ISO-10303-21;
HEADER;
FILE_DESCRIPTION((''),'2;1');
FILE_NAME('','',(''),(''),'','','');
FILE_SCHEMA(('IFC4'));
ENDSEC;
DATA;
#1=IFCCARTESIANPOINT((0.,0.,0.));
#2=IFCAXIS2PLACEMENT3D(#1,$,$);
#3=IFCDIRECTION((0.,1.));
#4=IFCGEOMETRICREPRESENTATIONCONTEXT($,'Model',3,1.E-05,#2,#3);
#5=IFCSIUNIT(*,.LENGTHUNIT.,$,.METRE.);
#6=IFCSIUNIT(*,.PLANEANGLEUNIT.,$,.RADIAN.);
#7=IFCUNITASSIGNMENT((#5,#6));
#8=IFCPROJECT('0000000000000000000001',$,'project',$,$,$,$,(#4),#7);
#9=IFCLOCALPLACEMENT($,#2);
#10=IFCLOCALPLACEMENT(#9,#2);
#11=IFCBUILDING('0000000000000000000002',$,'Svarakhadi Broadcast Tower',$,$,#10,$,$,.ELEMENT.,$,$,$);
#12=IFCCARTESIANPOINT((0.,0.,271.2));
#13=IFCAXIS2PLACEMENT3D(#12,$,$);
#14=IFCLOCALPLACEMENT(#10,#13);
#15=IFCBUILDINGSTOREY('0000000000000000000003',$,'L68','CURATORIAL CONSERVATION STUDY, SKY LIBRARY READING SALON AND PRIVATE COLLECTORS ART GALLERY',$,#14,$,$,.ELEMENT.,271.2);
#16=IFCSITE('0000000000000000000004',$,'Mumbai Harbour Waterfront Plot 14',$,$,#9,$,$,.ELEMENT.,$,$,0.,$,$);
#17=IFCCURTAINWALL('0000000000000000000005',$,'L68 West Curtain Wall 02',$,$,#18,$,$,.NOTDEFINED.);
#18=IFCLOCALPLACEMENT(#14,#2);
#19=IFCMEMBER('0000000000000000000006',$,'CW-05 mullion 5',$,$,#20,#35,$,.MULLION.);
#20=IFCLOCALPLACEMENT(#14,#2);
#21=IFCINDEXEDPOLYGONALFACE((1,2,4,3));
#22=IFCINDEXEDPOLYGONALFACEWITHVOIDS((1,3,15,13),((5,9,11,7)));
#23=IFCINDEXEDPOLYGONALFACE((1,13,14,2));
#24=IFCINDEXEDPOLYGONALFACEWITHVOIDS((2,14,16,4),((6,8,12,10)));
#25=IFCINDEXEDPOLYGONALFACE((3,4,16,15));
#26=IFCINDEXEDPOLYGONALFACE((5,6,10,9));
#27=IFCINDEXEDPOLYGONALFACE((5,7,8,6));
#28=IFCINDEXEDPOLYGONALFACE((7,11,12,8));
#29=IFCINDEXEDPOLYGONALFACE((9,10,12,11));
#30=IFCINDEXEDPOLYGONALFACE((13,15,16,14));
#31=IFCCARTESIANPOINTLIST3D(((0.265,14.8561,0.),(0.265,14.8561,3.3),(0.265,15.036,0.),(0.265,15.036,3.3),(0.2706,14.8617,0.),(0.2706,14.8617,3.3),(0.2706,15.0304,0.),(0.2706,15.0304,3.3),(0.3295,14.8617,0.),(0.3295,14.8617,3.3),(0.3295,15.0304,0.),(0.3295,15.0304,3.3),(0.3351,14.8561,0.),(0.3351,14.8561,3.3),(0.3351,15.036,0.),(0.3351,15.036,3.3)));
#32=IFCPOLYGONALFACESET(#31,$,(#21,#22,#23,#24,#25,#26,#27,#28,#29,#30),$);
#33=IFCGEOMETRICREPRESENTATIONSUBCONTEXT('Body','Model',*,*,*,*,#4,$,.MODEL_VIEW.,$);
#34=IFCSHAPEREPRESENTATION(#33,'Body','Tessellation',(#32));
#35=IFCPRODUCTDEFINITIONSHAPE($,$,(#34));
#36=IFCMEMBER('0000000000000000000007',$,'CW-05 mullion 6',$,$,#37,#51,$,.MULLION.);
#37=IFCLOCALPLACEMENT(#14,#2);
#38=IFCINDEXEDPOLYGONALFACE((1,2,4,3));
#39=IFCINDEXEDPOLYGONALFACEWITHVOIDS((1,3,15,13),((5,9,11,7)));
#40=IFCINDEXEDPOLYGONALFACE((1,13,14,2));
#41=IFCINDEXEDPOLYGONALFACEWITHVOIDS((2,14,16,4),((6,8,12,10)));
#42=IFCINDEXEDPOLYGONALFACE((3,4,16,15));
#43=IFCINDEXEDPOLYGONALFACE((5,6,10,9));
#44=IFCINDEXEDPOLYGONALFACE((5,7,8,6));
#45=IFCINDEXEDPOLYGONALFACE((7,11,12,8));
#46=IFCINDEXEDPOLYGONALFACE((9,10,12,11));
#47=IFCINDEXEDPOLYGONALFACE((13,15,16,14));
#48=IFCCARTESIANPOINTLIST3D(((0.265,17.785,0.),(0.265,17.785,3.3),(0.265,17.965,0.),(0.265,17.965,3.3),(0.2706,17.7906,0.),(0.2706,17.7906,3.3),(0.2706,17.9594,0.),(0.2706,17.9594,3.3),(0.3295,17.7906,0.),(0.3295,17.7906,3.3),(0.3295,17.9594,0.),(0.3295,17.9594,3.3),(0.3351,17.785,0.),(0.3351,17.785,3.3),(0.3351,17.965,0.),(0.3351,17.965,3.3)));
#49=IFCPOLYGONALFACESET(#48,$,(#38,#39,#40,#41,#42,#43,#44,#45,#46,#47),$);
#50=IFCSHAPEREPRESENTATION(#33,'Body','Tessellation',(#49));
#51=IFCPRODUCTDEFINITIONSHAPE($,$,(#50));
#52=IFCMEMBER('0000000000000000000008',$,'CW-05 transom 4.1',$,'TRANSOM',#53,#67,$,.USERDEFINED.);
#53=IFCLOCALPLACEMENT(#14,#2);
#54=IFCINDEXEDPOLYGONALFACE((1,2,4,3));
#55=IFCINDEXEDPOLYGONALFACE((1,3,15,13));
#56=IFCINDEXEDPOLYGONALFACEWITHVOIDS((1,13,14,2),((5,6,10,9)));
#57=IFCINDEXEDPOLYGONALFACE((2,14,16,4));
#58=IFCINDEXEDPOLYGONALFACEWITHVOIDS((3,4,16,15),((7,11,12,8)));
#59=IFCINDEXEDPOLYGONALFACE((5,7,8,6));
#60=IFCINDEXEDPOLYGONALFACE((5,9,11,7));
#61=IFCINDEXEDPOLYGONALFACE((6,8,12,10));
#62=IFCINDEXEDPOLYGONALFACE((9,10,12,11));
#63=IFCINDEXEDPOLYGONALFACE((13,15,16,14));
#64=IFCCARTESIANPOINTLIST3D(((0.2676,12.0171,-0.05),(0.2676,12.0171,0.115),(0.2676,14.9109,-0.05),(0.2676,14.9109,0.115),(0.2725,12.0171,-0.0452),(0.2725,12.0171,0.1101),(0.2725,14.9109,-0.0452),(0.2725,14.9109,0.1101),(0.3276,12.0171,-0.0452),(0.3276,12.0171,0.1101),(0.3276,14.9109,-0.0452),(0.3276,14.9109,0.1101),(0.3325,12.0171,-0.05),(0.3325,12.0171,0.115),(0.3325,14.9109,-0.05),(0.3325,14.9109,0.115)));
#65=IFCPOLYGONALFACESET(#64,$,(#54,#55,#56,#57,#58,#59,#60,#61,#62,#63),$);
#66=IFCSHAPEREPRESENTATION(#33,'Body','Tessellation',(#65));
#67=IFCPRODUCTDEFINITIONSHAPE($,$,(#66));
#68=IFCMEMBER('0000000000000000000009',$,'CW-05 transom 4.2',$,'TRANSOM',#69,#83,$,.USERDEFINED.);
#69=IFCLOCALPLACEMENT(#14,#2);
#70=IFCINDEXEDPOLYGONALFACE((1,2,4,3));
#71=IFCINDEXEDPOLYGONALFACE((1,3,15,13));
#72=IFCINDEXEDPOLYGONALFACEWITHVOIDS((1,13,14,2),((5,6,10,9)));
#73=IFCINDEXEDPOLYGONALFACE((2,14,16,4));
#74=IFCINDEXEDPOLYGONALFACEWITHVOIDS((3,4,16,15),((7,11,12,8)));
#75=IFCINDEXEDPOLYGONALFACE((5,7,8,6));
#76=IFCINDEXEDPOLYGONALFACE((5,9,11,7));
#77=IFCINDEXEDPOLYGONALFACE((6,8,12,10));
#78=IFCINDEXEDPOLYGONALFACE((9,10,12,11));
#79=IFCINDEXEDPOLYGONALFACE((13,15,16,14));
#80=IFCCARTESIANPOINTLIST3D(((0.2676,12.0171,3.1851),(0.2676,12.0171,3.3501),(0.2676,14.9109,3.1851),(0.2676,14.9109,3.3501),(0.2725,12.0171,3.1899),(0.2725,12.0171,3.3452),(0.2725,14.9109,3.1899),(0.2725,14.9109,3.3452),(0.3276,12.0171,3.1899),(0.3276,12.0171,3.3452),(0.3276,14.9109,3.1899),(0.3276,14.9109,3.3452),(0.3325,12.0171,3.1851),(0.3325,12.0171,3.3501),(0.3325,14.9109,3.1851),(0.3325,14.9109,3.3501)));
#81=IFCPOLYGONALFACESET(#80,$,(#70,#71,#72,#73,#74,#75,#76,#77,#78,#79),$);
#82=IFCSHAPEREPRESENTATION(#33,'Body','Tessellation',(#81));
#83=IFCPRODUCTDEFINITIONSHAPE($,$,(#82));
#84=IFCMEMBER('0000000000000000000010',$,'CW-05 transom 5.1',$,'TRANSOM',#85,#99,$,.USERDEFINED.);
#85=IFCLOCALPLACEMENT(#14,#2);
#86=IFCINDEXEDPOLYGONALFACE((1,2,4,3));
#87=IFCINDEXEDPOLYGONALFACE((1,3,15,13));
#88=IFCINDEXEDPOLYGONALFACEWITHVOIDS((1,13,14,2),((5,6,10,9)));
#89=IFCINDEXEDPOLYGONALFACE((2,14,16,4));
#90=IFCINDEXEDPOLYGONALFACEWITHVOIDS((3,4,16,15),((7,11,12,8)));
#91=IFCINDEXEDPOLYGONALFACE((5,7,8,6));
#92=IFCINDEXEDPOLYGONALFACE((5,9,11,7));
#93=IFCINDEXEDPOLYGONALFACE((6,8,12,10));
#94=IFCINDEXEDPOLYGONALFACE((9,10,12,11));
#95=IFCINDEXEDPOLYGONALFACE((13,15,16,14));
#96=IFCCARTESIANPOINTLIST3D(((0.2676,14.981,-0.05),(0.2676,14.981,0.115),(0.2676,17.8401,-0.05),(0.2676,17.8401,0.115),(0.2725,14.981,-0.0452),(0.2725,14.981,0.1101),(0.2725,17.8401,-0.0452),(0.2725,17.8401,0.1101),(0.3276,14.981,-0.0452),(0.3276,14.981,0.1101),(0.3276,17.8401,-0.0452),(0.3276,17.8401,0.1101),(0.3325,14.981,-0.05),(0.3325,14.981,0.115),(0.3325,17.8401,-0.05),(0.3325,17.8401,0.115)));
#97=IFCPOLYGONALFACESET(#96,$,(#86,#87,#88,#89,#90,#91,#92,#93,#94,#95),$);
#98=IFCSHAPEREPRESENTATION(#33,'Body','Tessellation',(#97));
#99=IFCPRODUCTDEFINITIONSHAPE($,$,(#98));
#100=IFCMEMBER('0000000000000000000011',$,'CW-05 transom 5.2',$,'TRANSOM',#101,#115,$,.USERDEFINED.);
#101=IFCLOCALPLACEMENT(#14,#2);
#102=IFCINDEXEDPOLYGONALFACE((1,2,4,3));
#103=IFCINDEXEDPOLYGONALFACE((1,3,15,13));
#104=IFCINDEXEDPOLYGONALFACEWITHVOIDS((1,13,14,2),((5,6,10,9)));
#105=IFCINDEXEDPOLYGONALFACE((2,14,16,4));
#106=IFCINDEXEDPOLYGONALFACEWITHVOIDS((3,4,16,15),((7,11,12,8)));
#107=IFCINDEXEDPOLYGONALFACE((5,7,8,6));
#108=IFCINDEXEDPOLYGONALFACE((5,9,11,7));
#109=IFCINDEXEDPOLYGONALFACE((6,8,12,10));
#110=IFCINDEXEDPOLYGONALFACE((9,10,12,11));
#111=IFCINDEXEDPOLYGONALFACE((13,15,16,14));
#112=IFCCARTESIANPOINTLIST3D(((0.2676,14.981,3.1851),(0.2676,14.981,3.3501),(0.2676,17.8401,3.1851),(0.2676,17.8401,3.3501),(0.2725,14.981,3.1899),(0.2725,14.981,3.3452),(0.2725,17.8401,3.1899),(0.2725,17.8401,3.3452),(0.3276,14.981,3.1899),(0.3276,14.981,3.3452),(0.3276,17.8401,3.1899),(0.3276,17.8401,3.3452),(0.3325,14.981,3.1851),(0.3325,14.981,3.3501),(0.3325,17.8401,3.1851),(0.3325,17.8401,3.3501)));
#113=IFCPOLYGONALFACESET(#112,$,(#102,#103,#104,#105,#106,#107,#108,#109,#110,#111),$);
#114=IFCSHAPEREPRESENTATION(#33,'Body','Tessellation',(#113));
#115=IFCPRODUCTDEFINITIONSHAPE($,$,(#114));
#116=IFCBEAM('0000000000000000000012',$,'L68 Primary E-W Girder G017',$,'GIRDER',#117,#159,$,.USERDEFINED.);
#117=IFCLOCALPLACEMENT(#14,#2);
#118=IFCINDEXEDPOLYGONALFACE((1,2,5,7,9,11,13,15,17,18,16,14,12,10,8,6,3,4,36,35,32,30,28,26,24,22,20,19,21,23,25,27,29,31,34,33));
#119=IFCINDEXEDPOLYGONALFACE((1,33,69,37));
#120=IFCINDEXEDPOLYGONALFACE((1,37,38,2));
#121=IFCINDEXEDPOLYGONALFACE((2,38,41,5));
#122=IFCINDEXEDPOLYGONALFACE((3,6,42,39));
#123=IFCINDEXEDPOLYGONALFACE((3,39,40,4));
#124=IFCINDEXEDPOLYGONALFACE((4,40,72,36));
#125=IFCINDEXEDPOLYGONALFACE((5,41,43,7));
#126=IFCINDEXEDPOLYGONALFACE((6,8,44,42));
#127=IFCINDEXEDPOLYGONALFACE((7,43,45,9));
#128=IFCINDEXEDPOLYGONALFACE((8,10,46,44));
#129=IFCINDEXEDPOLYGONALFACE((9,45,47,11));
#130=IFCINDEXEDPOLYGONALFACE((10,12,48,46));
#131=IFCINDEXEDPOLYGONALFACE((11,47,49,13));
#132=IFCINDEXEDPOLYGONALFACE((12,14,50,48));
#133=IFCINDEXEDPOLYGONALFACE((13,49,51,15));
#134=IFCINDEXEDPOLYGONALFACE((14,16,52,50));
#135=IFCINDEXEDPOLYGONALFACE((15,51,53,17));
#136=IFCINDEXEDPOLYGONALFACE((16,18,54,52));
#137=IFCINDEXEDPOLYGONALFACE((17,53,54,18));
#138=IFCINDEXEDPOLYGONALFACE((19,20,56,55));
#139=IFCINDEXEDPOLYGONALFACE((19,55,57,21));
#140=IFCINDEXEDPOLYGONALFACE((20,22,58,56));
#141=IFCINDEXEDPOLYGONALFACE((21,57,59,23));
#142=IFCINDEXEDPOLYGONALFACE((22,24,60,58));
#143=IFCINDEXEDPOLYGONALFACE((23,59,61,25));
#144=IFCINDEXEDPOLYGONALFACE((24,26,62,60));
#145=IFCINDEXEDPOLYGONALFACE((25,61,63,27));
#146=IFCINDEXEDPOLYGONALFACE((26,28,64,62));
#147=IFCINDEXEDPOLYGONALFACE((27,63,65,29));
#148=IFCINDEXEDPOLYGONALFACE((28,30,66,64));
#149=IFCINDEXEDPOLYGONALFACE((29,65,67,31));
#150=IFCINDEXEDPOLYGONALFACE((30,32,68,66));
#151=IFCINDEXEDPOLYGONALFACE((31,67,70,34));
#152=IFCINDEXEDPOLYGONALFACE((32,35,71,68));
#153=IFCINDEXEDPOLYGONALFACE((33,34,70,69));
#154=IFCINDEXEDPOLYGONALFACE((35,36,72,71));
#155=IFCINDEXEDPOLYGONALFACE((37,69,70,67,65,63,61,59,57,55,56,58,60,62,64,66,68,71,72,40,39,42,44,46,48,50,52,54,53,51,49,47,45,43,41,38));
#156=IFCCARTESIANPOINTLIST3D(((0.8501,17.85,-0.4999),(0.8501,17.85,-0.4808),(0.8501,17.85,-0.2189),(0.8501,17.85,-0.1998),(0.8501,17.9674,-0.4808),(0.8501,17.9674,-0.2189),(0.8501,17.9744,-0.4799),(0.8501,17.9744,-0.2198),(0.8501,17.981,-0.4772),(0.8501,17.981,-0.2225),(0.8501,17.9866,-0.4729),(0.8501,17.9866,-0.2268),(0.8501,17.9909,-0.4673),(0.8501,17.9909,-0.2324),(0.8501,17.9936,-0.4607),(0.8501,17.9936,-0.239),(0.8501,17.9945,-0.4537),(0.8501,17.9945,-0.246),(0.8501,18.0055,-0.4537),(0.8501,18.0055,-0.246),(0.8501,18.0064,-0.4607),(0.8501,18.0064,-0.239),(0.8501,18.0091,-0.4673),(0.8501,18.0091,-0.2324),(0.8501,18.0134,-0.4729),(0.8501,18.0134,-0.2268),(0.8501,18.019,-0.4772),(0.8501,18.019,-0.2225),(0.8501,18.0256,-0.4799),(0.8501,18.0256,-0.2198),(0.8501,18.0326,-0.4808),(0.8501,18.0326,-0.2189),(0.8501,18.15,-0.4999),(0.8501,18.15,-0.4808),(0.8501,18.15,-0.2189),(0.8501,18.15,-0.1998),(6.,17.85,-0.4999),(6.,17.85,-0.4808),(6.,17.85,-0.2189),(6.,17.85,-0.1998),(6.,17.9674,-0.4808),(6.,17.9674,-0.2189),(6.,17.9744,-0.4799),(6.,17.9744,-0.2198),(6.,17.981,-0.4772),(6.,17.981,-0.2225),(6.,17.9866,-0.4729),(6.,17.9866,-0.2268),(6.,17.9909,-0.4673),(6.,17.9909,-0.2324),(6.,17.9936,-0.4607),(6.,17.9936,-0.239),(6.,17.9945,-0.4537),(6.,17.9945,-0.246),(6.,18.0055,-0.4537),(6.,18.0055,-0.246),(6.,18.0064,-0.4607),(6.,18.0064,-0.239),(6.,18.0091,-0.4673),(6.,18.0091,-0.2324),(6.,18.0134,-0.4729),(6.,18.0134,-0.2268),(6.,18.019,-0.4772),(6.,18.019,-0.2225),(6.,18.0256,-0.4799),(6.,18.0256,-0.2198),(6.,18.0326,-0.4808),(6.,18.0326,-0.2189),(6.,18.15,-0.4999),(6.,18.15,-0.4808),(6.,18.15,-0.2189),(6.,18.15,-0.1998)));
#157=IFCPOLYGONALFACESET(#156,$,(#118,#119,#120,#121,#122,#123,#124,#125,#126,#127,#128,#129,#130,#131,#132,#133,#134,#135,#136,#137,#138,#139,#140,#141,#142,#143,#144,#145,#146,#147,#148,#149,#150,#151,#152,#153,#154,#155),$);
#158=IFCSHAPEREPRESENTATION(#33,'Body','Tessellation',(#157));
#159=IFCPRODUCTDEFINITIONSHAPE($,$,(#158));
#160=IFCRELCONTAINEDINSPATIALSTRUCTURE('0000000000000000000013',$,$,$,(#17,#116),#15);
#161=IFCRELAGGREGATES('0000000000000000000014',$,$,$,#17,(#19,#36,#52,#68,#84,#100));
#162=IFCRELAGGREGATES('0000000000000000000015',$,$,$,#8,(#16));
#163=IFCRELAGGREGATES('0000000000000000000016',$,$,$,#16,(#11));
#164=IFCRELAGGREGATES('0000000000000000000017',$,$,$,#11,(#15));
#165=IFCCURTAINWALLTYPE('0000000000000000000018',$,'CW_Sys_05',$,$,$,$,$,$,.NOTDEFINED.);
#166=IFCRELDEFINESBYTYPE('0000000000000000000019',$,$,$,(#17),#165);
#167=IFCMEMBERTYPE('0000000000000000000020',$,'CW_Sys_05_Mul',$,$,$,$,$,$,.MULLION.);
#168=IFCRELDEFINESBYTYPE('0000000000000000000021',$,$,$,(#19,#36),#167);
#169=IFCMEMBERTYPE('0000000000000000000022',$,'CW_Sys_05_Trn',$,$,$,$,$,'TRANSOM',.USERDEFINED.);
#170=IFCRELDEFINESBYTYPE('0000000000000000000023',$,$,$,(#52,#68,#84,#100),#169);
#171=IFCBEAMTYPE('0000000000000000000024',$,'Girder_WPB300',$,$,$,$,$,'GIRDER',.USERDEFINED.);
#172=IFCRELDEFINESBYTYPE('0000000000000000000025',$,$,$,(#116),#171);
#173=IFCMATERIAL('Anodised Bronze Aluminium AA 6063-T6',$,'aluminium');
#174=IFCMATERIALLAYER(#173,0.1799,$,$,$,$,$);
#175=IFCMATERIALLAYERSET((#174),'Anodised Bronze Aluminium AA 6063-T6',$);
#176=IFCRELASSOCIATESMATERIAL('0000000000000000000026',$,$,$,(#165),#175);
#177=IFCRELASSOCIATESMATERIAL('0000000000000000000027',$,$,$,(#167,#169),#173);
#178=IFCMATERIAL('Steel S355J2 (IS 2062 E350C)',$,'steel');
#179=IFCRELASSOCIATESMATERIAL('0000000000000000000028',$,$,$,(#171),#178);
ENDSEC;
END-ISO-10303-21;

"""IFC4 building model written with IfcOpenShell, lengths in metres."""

from ifc_helpers import new_model, si_unit, direction, frame, origin, origin_2d, place, context, subcontext, project, spatial, hollow_rectangle, i_section, extrude, material, layer, layer_set, material_profile, profile_set, type_object, element, aggregate, save


model = new_model("IFC4")

# Units and contexts
model_context = context("Model", 3, precision=1e-05, world=origin(), true_north=direction((0.0, 1.0)))
body_context = subcontext(model_context, "Body", "Model", "MODEL_VIEW")
ifc_project = project(units=[si_unit("LENGTHUNIT", "METRE"), si_unit("PLANEANGLEUNIT", "RADIAN")], contexts=[model_context])

# Site, building, storey
site_placement = place(None, origin())
site = spatial("IfcSite", under=ifc_project, at=site_placement, Name="Mumbai Harbour Waterfront Plot 14", CompositionType="ELEMENT", RefElevation=0.0)
building_placement = place(site_placement, origin())
building = spatial("IfcBuilding", under=site, at=building_placement, Name="Svarakhadi Broadcast Tower", CompositionType="ELEMENT")
storey_placement = place(building_placement, frame((0.0, 0.0, 271.2)))
storey = spatial("IfcBuildingStorey", under=building, at=storey_placement, Name="L68", Description="CURATORIAL CONSERVATION STUDY, SKY LIBRARY READING SALON AND PRIVATE COLLECTORS ART GALLERY", CompositionType="ELEMENT", Elevation=271.2)

# Shared definitions
ifc_material_1 = material(Name="Steel S355J2 (IS 2062 E350C)", Category="steel")

# Curtain wall, members
ifc_material_2 = material(Name="Anodised Bronze Aluminium AA 6063-T6", Category="aluminium")
ifc_layer_1 = layer(ifc_material_2, 0.1799)
ifc_layer_set_1 = layer_set([ifc_layer_1], Name="Anodised Bronze Aluminium AA 6063-T6")
curtain_wall_type = type_object("IfcCurtainWallType", Name="CW_Sys_05", PredefinedType="NOTDEFINED", material=ifc_layer_set_1)
curtain_wall_placement = place(storey_placement, origin())
curtain_wall = element("IfcCurtainWall", 1, at=curtain_wall_placement, inside=storey, type_object=curtain_wall_type, Name="L68 West Curtain Wall 02", PredefinedType="NOTDEFINED")
ifc_material_profile_1 = material_profile(ifc_material_2, hollow_rectangle(XDim=0.0701, YDim=0.1799, WallThickness=0.0056, at=origin_2d()), Name="ALU MULLION 180x70x6")
ifc_profile_set_1 = profile_set([ifc_material_profile_1], Name="Anodised Bronze Aluminium AA 6063-T6")
member_type_1 = type_object("IfcMemberType", Name="CW_Sys_05_Mul", PredefinedType="MULLION", material=ifc_profile_set_1)
member_1_placement = place(storey_placement, frame((0.3, 14.946, 0.0), z_axis=(0.0, 0.0, 1.0), x_axis=(-1.0, 0.0, 0.0)))
member_1 = element("IfcMember", 2, at=member_1_placement, type_object=member_type_1, Name="CW-05 mullion 5", PredefinedType="MULLION", context=body_context, shape_type="SweptSolid", body=[
    extrude(hollow_rectangle(XDim=0.0701, YDim=0.1799, WallThickness=0.0056, at=origin_2d()), origin(), (0.0, 0.0, 1.0), 3.3),
])
member_2_placement = place(storey_placement, frame((0.3, 17.875, 0.0), z_axis=(0.0, 0.0, 1.0), x_axis=(-1.0, 0.0, 0.0)))
member_2 = element("IfcMember", 3, at=member_2_placement, type_object=member_type_1, Name="CW-05 mullion 6", PredefinedType="MULLION", context=body_context, shape_type="SweptSolid", body=[
    extrude(hollow_rectangle(XDim=0.0701, YDim=0.1799, WallThickness=0.0056, at=origin_2d()), origin(), (0.0, 0.0, 1.0), 3.3),
])
ifc_material_profile_2 = material_profile(ifc_material_2, hollow_rectangle(XDim=0.0649, YDim=0.165, WallThickness=0.0049, at=origin_2d()), Name="ALU TRANSOM 165x65x5")
ifc_profile_set_2 = profile_set([ifc_material_profile_2], Name="Anodised Bronze Aluminium AA 6063-T6")
member_type_2 = type_object("IfcMemberType", Name="CW_Sys_05_Trn", ElementType="TRANSOM", PredefinedType="USERDEFINED", material=ifc_profile_set_2)
member_3_placement = place(storey_placement, frame((0.3, 12.0171, 0.0325), z_axis=(0.0, 1.0, 0.0), x_axis=(-1.0, 0.0, 0.0)))
member_3 = element("IfcMember", 4, at=member_3_placement, type_object=member_type_2, Name="CW-05 transom 4.1", ObjectType="TRANSOM", PredefinedType="USERDEFINED", context=body_context, shape_type="SweptSolid", body=[
    extrude(hollow_rectangle(XDim=0.0649, YDim=0.165, WallThickness=0.0049, at=origin_2d()), origin(), (0.0, 0.0, 1.0), 2.8938),
])
member_4_placement = place(storey_placement, frame((0.3, 12.0171, 3.2676), z_axis=(0.0, 1.0, 0.0), x_axis=(-1.0, 0.0, 0.0)))
member_4 = element("IfcMember", 5, at=member_4_placement, type_object=member_type_2, Name="CW-05 transom 4.2", ObjectType="TRANSOM", PredefinedType="USERDEFINED", context=body_context, shape_type="SweptSolid", body=[
    extrude(hollow_rectangle(XDim=0.0649, YDim=0.165, WallThickness=0.0049, at=origin_2d()), origin(), (0.0, 0.0, 1.0), 2.8938),
])
member_5_placement = place(storey_placement, frame((0.3, 14.981, 0.0325), z_axis=(0.0, 1.0, 0.0), x_axis=(-1.0, 0.0, 0.0)))
member_5 = element("IfcMember", 6, at=member_5_placement, type_object=member_type_2, Name="CW-05 transom 5.1", ObjectType="TRANSOM", PredefinedType="USERDEFINED", context=body_context, shape_type="SweptSolid", body=[
    extrude(hollow_rectangle(XDim=0.0649, YDim=0.165, WallThickness=0.0049, at=origin_2d()), origin(), (0.0, 0.0, 1.0), 2.8591),
])
member_6_placement = place(storey_placement, frame((0.3, 14.981, 3.2676), z_axis=(0.0, 1.0, 0.0), x_axis=(-1.0, 0.0, 0.0)))
member_6 = element("IfcMember", 7, at=member_6_placement, type_object=member_type_2, Name="CW-05 transom 5.2", ObjectType="TRANSOM", PredefinedType="USERDEFINED", context=body_context, shape_type="SweptSolid", body=[
    extrude(hollow_rectangle(XDim=0.0649, YDim=0.165, WallThickness=0.0049, at=origin_2d()), origin(), (0.0, 0.0, 1.0), 2.8591),
])

# Beam
ifc_material_profile_3 = material_profile(ifc_material_1, i_section(OverallWidth=0.3, OverallDepth=0.3, WebThickness=0.011, FlangeThickness=0.019, FilletRadius=0.0271, at=origin_2d()), Name="WPB 300x300x117")
ifc_profile_set_3 = profile_set([ifc_material_profile_3], Name="Steel S355J2 (IS 2062 E350C)")
beam_type_1 = type_object("IfcBeamType", Name="Girder_WPB300", ElementType="GIRDER", PredefinedType="USERDEFINED", material=ifc_profile_set_3)
beam_1_placement = place(storey_placement, frame((0.8501, 18.0, -0.3499), z_axis=(1.0, 0.0, 0.0), x_axis=(0.0, 1.0, 0.0)))
element("IfcBeam", 8, at=beam_1_placement, inside=storey, type_object=beam_type_1, Name="L68 Primary E-W Girder G017", ObjectType="GIRDER", PredefinedType="USERDEFINED", context=body_context, shape_type="SweptSolid", body=[
    extrude(i_section(OverallWidth=0.3, OverallDepth=0.3, WebThickness=0.011, FlangeThickness=0.019, FilletRadius=0.0271, at=origin_2d()), origin(), (0.0, 0.0, 1.0), 5.1499),
])

aggregate(curtain_wall, [member_1, member_2, member_3, member_4, member_5, member_6])

save(model, "model.ifc")
